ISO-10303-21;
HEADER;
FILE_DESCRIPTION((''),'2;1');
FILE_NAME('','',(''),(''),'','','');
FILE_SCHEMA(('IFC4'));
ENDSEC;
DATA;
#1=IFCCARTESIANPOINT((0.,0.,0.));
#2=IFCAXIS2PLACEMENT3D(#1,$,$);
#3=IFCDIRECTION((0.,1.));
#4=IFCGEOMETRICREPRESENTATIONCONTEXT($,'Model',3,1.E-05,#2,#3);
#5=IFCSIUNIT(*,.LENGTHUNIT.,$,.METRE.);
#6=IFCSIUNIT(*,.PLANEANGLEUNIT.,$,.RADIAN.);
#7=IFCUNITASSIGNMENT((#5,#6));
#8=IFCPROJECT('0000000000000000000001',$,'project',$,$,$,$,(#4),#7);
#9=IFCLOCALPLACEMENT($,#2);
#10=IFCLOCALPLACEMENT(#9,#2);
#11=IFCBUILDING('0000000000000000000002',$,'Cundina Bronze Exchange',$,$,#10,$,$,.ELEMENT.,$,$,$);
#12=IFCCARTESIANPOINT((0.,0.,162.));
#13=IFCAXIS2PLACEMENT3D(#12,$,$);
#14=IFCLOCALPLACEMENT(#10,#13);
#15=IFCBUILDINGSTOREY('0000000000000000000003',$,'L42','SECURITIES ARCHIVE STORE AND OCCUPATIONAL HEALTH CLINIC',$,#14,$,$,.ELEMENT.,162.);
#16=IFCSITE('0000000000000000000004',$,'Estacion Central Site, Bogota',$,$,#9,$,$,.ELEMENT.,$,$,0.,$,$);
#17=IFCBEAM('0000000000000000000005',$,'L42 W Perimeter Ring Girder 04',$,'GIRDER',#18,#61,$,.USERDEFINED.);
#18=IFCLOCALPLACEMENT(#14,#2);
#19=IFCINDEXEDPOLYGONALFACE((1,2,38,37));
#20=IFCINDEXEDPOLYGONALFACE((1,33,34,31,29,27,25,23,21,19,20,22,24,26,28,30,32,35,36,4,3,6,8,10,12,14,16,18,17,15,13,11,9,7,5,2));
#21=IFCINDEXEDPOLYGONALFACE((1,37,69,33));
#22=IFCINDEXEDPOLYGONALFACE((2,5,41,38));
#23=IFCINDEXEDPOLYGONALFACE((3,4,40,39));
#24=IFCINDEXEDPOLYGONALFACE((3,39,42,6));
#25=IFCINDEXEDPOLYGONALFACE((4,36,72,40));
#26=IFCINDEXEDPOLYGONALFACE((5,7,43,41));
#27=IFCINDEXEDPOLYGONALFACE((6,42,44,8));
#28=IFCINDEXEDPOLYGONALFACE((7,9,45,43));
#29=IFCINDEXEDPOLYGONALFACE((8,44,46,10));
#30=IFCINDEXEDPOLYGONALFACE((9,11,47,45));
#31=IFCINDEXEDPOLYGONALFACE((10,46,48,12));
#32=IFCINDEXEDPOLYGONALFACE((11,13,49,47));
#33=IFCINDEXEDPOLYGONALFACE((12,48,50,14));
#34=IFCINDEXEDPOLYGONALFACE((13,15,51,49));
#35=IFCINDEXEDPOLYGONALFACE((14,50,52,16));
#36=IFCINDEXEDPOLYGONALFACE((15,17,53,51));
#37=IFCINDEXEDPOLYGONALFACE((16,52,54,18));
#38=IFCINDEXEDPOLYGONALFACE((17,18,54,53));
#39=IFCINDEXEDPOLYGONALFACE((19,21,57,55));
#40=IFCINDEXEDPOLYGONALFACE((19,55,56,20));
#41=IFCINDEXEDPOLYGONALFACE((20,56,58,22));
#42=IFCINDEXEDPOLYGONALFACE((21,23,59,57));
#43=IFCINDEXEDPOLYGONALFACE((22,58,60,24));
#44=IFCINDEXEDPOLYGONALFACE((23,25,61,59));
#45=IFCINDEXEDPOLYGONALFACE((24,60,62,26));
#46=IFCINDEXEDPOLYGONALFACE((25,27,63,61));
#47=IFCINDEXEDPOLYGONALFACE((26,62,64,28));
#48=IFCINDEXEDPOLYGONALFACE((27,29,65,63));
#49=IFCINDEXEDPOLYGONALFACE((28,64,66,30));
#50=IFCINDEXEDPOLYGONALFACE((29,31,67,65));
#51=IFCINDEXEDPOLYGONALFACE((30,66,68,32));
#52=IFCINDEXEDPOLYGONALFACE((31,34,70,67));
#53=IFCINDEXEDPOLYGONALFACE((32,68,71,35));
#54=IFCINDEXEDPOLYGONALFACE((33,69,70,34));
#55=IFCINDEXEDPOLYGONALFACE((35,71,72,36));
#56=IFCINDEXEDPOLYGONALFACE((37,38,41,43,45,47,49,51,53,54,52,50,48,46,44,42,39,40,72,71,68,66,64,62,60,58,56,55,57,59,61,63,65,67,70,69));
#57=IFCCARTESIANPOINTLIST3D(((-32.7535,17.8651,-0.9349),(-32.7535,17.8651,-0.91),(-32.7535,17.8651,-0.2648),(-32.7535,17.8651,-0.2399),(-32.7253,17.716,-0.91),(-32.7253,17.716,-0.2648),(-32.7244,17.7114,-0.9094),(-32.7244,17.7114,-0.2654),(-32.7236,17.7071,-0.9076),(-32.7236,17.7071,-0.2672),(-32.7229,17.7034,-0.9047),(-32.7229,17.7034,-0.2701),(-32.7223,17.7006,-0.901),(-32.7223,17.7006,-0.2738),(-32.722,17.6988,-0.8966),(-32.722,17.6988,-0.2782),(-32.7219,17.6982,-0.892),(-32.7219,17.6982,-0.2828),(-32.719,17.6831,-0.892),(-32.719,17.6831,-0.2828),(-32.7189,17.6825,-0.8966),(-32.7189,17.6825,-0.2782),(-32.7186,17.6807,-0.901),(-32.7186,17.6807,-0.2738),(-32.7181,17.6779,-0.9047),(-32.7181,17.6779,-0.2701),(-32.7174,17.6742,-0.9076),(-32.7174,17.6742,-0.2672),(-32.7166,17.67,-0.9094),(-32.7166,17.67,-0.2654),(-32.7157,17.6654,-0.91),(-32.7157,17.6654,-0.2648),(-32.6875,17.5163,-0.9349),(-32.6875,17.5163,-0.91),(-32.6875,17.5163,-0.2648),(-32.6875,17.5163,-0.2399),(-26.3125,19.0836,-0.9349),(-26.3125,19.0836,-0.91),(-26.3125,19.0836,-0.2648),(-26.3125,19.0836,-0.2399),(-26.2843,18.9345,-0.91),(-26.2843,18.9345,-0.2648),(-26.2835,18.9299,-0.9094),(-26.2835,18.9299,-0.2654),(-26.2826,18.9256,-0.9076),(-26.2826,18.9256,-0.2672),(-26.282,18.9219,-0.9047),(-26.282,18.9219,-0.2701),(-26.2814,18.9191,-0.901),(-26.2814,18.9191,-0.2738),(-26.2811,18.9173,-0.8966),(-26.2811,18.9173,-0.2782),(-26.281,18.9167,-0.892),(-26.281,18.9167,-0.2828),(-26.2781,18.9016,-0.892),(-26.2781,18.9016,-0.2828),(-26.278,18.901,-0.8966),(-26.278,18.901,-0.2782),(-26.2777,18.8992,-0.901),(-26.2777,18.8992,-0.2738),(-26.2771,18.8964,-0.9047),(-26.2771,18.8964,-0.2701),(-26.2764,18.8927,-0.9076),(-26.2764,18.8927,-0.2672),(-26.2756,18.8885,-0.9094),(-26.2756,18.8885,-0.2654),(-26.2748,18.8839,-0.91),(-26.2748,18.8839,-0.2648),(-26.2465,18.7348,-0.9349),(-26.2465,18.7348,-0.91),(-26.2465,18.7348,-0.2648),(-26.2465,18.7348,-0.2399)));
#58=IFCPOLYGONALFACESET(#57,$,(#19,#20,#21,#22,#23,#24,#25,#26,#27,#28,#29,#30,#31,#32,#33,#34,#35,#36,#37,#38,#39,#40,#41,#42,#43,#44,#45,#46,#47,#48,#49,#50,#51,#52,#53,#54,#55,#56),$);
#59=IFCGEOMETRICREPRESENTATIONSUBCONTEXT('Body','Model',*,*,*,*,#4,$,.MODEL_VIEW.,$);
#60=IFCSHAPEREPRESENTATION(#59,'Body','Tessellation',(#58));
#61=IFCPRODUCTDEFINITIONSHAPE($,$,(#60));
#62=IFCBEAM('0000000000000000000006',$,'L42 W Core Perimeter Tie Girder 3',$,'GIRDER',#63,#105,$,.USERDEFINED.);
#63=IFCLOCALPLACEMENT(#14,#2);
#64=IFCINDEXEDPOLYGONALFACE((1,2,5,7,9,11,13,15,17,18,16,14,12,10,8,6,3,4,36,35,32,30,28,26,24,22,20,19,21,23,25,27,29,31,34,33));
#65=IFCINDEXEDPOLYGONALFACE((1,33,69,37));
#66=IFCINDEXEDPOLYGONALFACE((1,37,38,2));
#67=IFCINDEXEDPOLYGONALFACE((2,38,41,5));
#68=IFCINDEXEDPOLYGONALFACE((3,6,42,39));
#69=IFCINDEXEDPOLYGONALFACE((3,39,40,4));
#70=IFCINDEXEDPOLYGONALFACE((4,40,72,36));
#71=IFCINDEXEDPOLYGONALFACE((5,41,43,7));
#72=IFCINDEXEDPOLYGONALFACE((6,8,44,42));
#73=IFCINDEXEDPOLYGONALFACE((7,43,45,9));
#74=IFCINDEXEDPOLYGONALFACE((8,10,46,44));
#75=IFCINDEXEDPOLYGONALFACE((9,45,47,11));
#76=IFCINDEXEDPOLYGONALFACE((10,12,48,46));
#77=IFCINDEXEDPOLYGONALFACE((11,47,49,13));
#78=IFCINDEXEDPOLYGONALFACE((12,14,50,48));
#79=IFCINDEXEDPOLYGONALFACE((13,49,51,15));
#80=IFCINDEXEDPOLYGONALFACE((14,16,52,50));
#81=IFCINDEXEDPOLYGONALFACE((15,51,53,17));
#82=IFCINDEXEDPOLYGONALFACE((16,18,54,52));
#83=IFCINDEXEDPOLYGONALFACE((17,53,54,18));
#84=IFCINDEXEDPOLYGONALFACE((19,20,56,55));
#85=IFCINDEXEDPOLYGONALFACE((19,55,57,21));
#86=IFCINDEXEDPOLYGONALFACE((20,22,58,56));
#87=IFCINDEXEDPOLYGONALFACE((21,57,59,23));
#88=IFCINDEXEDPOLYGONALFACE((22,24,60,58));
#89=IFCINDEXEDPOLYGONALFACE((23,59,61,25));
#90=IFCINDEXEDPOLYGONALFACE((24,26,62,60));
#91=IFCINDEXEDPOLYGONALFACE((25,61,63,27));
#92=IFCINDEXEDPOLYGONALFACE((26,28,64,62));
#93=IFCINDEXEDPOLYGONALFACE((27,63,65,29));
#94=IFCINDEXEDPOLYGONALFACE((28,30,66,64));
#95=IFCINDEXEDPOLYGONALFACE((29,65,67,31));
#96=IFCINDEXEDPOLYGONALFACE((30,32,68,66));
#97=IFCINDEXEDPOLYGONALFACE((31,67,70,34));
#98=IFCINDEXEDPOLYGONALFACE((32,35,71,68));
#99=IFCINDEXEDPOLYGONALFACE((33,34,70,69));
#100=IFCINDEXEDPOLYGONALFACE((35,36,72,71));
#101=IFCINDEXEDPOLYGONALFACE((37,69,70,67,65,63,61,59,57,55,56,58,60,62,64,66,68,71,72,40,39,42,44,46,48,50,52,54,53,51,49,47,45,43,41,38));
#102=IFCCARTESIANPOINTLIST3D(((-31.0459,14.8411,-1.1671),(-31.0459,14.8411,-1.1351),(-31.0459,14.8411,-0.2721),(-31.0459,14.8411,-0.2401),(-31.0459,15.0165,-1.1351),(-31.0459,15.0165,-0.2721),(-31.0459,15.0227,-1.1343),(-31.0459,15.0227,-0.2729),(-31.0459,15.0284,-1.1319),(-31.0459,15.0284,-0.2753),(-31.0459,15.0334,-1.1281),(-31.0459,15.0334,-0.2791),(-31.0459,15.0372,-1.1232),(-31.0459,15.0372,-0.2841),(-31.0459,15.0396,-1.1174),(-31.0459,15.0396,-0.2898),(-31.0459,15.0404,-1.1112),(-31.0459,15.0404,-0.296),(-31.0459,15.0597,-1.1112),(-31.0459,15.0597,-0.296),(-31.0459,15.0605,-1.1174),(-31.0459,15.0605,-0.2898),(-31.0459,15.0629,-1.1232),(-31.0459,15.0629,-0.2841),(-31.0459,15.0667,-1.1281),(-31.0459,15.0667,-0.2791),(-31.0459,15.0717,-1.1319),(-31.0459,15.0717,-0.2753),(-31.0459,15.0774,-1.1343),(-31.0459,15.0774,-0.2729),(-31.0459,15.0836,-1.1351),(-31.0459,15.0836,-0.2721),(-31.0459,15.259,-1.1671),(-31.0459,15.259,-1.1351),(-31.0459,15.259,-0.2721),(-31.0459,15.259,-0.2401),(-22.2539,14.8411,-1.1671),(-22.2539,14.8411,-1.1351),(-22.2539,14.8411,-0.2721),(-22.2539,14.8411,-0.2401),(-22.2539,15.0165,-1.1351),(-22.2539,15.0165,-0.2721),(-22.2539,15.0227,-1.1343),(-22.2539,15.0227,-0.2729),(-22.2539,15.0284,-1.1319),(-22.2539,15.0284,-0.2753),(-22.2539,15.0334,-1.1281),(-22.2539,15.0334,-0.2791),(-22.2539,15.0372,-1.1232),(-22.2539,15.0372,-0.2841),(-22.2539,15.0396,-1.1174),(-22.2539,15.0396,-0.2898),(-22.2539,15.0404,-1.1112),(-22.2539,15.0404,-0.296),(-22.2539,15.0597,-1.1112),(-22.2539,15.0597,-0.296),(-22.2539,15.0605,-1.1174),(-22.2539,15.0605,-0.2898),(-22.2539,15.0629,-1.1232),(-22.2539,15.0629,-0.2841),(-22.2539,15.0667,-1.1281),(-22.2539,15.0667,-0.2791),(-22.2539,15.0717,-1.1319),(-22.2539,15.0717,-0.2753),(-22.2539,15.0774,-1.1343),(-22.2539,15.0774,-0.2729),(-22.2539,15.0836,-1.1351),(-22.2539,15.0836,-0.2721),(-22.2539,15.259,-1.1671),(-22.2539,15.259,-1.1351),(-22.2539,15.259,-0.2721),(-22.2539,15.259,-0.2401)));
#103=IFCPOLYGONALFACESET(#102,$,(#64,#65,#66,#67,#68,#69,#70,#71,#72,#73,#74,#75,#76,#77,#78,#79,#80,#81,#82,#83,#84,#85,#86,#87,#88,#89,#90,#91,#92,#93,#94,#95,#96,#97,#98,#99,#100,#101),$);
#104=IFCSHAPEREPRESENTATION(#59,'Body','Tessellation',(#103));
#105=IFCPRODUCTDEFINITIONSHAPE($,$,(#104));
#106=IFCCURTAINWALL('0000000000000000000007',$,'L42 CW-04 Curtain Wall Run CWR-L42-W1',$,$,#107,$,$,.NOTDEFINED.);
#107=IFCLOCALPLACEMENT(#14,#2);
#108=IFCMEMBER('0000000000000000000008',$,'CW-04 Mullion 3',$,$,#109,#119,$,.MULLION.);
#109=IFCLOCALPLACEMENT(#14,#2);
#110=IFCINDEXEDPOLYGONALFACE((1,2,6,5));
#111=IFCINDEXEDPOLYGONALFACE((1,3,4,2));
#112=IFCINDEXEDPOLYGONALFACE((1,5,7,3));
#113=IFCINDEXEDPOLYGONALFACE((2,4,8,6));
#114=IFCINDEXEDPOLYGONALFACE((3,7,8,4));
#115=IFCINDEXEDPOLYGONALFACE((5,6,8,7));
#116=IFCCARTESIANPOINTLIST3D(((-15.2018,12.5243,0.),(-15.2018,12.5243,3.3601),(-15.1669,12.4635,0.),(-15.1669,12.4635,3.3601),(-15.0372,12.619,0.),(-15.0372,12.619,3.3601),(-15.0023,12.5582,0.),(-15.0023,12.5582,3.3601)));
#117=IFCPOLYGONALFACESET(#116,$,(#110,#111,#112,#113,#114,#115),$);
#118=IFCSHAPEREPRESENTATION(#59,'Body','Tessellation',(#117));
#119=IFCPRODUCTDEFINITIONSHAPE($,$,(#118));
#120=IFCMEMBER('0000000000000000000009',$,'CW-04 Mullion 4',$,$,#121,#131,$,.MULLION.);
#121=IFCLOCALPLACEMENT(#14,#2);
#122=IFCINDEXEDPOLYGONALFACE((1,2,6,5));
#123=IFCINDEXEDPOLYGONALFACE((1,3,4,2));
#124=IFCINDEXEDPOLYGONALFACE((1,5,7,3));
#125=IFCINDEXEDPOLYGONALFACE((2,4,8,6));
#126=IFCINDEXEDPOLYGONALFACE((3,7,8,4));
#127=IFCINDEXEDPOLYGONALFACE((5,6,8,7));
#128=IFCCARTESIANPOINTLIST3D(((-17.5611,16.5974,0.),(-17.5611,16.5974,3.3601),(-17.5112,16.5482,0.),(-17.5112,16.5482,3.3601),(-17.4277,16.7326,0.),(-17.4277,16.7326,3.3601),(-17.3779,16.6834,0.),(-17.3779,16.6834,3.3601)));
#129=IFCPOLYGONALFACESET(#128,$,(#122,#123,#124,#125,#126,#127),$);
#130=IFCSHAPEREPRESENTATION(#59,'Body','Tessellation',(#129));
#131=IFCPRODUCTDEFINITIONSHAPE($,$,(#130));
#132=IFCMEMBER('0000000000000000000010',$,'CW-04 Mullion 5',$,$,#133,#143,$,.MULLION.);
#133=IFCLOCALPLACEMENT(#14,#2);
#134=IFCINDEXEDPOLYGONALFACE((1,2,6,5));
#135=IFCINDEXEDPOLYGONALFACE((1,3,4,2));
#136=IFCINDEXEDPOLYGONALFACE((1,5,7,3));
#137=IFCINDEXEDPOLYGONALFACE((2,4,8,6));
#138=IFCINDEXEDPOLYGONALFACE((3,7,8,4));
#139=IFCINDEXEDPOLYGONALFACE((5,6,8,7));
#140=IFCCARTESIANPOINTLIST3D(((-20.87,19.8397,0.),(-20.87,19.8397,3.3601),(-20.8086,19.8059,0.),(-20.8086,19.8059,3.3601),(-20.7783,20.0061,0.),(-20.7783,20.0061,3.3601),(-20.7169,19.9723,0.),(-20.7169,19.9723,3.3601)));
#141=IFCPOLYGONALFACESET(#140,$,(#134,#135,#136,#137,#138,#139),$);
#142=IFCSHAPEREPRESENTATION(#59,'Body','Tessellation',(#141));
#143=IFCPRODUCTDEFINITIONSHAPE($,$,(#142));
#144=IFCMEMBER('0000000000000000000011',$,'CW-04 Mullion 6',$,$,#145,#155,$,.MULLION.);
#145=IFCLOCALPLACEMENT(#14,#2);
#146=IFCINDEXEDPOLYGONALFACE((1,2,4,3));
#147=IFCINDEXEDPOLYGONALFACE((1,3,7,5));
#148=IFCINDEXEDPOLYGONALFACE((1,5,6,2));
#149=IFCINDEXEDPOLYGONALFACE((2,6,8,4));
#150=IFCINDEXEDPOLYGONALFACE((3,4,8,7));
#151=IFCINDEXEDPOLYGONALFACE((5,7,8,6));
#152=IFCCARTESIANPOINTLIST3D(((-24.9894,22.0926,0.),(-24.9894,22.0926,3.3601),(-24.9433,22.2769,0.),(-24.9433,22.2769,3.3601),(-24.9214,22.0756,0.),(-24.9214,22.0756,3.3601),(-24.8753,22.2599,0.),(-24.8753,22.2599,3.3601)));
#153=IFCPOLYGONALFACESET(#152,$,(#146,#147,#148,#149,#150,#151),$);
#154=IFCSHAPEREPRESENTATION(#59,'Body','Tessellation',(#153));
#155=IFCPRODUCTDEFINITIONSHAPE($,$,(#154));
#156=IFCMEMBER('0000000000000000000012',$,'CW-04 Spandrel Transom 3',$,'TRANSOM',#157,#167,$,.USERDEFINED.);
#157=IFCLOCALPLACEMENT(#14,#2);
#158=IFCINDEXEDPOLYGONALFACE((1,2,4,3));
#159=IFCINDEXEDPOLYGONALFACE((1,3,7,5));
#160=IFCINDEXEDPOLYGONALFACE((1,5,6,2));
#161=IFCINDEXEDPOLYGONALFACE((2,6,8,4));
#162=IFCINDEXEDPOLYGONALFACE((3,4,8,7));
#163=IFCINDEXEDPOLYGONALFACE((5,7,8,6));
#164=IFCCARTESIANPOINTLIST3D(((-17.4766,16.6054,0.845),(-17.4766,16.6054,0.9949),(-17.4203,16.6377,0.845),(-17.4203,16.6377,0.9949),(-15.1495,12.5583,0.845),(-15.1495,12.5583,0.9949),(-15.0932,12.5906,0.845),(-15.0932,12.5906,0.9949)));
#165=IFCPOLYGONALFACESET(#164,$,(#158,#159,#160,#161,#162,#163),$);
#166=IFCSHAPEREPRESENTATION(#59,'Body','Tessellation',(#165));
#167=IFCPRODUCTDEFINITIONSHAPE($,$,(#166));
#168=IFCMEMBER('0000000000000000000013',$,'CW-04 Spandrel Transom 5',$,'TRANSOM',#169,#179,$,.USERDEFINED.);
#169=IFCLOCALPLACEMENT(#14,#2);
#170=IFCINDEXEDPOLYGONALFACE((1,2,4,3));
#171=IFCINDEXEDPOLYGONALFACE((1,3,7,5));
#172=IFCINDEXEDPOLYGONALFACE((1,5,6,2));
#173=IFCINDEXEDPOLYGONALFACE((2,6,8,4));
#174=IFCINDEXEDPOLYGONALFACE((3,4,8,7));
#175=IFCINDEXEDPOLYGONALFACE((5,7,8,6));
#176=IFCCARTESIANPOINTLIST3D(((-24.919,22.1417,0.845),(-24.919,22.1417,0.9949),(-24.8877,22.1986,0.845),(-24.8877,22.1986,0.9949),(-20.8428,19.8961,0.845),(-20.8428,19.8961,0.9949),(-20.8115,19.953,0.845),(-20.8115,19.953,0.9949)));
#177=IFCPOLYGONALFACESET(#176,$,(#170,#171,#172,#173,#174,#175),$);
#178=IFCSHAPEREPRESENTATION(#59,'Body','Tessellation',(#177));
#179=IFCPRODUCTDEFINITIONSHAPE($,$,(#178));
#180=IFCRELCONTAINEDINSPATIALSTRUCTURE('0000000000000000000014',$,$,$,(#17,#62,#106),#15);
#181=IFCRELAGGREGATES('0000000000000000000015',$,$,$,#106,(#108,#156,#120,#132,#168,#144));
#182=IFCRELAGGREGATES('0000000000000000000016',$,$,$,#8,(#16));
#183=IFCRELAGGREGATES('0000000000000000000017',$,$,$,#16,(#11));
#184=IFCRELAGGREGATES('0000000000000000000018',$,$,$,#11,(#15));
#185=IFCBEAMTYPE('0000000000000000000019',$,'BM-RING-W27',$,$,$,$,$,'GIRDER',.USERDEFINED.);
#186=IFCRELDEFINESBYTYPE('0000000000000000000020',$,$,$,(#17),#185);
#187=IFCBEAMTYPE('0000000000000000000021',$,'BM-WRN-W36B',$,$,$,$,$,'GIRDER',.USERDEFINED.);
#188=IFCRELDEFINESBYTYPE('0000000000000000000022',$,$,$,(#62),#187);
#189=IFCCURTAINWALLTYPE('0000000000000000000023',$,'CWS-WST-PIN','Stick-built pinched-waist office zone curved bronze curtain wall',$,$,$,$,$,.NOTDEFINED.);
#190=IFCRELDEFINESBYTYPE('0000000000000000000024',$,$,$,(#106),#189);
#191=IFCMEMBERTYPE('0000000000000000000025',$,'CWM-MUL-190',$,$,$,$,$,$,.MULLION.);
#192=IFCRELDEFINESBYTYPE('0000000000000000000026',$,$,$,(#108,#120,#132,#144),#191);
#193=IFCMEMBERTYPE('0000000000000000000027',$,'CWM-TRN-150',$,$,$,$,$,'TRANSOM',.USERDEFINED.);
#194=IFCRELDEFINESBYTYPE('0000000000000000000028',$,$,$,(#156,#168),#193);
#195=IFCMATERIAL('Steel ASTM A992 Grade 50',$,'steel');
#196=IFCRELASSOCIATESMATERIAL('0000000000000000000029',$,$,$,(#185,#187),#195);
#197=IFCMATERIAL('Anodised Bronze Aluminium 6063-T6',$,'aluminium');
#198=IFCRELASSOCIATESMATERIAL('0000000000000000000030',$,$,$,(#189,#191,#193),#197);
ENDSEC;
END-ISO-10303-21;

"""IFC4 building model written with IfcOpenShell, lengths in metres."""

from ifc_helpers import new_model, si_unit, direction, frame, origin, origin_2d, place, context, subcontext, project, spatial, rectangle, i_section, extrude, material, material_profile, profile_set, type_object, element, aggregate, save


model = new_model("IFC4")

# Units and contexts
model_context = context("Model", 3, precision=1e-05, world=origin(), true_north=direction((0.0, 1.0)))
body_context = subcontext(model_context, "Body", "Model", "MODEL_VIEW")
ifc_project = project(units=[si_unit("LENGTHUNIT", "METRE"), si_unit("PLANEANGLEUNIT", "RADIAN")], contexts=[model_context])

# Site, building, storey
site_placement = place(None, origin())
site = spatial("IfcSite", under=ifc_project, at=site_placement, Name="Estacion Central Site, Bogota", CompositionType="ELEMENT", RefElevation=0.0)
building_placement = place(site_placement, origin())
building = spatial("IfcBuilding", under=site, at=building_placement, Name="Cundina Bronze Exchange", CompositionType="ELEMENT")
storey_placement = place(building_placement, frame((0.0, 0.0, 162.0)))
storey = spatial("IfcBuildingStorey", under=building, at=storey_placement, Name="L42", Description="SECURITIES ARCHIVE STORE AND OCCUPATIONAL HEALTH CLINIC", CompositionType="ELEMENT", Elevation=162.0)

# Shared definitions
ifc_material_1 = material(Name="Steel ASTM A992 Grade 50", Category="steel")

# Beams
ifc_material_profile_1 = material_profile(ifc_material_1, i_section(OverallWidth=0.355, OverallDepth=0.6951, WebThickness=0.0154, FlangeThickness=0.0249, FilletRadius=0.0181, at=origin_2d()), Name="W27X146", Category="steel")
ifc_profile_set_1 = profile_set([ifc_material_profile_1], Name="Steel ASTM A992 Grade 50")
beam_type_1 = type_object("IfcBeamType", Name="BM-RING-W27", ElementType="GIRDER", PredefinedType="USERDEFINED", material=ifc_profile_set_1)
beam_1_placement = place(storey_placement, frame((-26.2795, 18.9092, -0.5874), z_axis=(-0.982572, -0.185885, 0.0), x_axis=(0.185885, -0.982572, 0.0)))
element("IfcBeam", 1, at=beam_1_placement, inside=storey, type_object=beam_type_1, Name="L42 W Perimeter Ring Girder 04", ObjectType="GIRDER", PredefinedType="USERDEFINED", context=body_context, shape_type="SweptSolid", body=[
    extrude(i_section(OverallWidth=0.355, OverallDepth=0.6951, WebThickness=0.0154, FlangeThickness=0.0249, FilletRadius=0.0181, at=origin_2d()), origin(), (0.0, 0.0, 1.0), 6.5552),
])
ifc_material_profile_2 = material_profile(ifc_material_1, i_section(OverallWidth=0.418, OverallDepth=0.927, WebThickness=0.0193, FlangeThickness=0.032, FilletRadius=0.0239, at=origin_2d()), Name="W36X231", Category="steel")
ifc_profile_set_2 = profile_set([ifc_material_profile_2], Name="Steel ASTM A992 Grade 50")
beam_type_2 = type_object("IfcBeamType", Name="BM-WRN-W36B", ElementType="GIRDER", PredefinedType="USERDEFINED", material=ifc_profile_set_2)
beam_2_placement = place(storey_placement, frame((-22.2539, 15.05, -0.7036), z_axis=(-1.0, 0.0, 0.0), x_axis=(0.0, -1.0, 0.0)))
element("IfcBeam", 2, at=beam_2_placement, inside=storey, type_object=beam_type_2, Name="L42 W Core Perimeter Tie Girder 3", ObjectType="GIRDER", PredefinedType="USERDEFINED", context=body_context, shape_type="SweptSolid", body=[
    extrude(i_section(OverallWidth=0.418, OverallDepth=0.927, WebThickness=0.0193, FlangeThickness=0.032, FilletRadius=0.0239, at=origin_2d()), origin(), (0.0, 0.0, 1.0), 8.792),
])

# Curtain wall, members
ifc_material_2 = material(Name="Anodised Bronze Aluminium 6063-T6", Category="aluminium")
curtain_wall_type = type_object("IfcCurtainWallType", Name="CWS-WST-PIN", Description="Stick-built pinched-waist office zone curved bronze curtain wall", PredefinedType="NOTDEFINED", material=ifc_material_2)
curtain_wall_placement = place(storey_placement, origin())
curtain_wall = element("IfcCurtainWall", 3, at=curtain_wall_placement, inside=storey, type_object=curtain_wall_type, Name="L42 CW-04 Curtain Wall Run CWR-L42-W1", PredefinedType="NOTDEFINED")
ifc_material_profile_3 = material_profile(ifc_material_2, rectangle(XDim=0.0701, YDim=0.1899, at=origin_2d()), Name="AL70X190", Category="aluminium")
ifc_profile_set_3 = profile_set([ifc_material_profile_3], Name="Anodised Bronze Aluminium 6063-T6")
member_type_1 = type_object("IfcMemberType", Name="CWM-MUL-190", PredefinedType="MULLION", material=ifc_profile_set_3)
member_1_placement = place(storey_placement, frame((-15.1021, 12.5413, 0.0), z_axis=(0.0, 0.0, 1.0), x_axis=(-0.498488, 0.866897, 0.0)))
member_1 = element("IfcMember", 4, at=member_1_placement, type_object=member_type_1, Name="CW-04 Mullion 3", PredefinedType="MULLION", context=body_context, shape_type="SweptSolid", body=[
    extrude(rectangle(XDim=0.0701, YDim=0.1899, at=origin_2d()), origin(), (0.0, 0.0, 1.0), 3.3601),
])
member_2_placement = place(storey_placement, frame((-17.4695, 16.6404, 0.0), z_axis=(0.0, 0.0, 1.0), x_axis=(-0.712026, 0.702153, 0.0)))
member_2 = element("IfcMember", 5, at=member_2_placement, type_object=member_type_1, Name="CW-04 Mullion 4", PredefinedType="MULLION", context=body_context, shape_type="SweptSolid", body=[
    extrude(rectangle(XDim=0.0701, YDim=0.1899, at=origin_2d()), origin(), (0.0, 0.0, 1.0), 3.3601),
])
member_3_placement = place(storey_placement, frame((-20.7935, 19.906, 0.0), z_axis=(0.0, 0.0, 1.0), x_axis=(-0.875886, 0.482518, 0.0)))
member_3 = element("IfcMember", 6, at=member_3_placement, type_object=member_type_1, Name="CW-04 Mullion 5", PredefinedType="MULLION", context=body_context, shape_type="SweptSolid", body=[
    extrude(rectangle(XDim=0.0701, YDim=0.1899, at=origin_2d()), origin(), (0.0, 0.0, 1.0), 3.3601),
])
member_4_placement = place(storey_placement, frame((-24.9324, 22.1763, 0.0), z_axis=(0.0, 0.0, 1.0), x_axis=(-0.970084, 0.242769, 0.0)))
member_4 = element("IfcMember", 7, at=member_4_placement, type_object=member_type_1, Name="CW-04 Mullion 6", PredefinedType="MULLION", context=body_context, shape_type="SweptSolid", body=[
    extrude(rectangle(XDim=0.0701, YDim=0.1899, at=origin_2d()), origin(), (0.0, 0.0, 1.0), 3.3601),
])
ifc_material_profile_4 = material_profile(ifc_material_2, rectangle(XDim=0.0649, YDim=0.1499, at=origin_2d()), Name="AL65X150", Category="aluminium")
ifc_profile_set_4 = profile_set([ifc_material_profile_4], Name="Anodised Bronze Aluminium 6063-T6")
member_type_2 = type_object("IfcMemberType", Name="CWM-TRN-150", ElementType="TRANSOM", PredefinedType="USERDEFINED", material=ifc_profile_set_4)
member_5_placement = place(storey_placement, frame((-15.1213, 12.5745, 0.9199), z_axis=(-0.49848, 0.866901, 0.0), x_axis=(-0.866901, -0.49848, 0.0)))
member_5 = element("IfcMember", 8, at=member_5_placement, type_object=member_type_2, Name="CW-04 Spandrel Transom 3", ObjectType="TRANSOM", PredefinedType="USERDEFINED", context=body_context, shape_type="SweptSolid", body=[
    extrude(rectangle(XDim=0.0649, YDim=0.1499, at=origin_2d()), origin(), (0.0, 0.0, 1.0), 4.6685),
])
member_6_placement = place(storey_placement, frame((-20.8271, 19.9246, 0.9199), z_axis=(-0.875879, 0.482531, 0.0), x_axis=(-0.482531, -0.875879, 0.0)))
member_6 = element("IfcMember", 9, at=member_6_placement, type_object=member_type_2, Name="CW-04 Spandrel Transom 5", ObjectType="TRANSOM", PredefinedType="USERDEFINED", context=body_context, shape_type="SweptSolid", body=[
    extrude(rectangle(XDim=0.0649, YDim=0.1499, at=origin_2d()), origin(), (0.0, 0.0, 1.0), 4.6538),
])
aggregate(curtain_wall, [member_1, member_5, member_2, member_3, member_6, member_4])

save(model, "model.ifc")
